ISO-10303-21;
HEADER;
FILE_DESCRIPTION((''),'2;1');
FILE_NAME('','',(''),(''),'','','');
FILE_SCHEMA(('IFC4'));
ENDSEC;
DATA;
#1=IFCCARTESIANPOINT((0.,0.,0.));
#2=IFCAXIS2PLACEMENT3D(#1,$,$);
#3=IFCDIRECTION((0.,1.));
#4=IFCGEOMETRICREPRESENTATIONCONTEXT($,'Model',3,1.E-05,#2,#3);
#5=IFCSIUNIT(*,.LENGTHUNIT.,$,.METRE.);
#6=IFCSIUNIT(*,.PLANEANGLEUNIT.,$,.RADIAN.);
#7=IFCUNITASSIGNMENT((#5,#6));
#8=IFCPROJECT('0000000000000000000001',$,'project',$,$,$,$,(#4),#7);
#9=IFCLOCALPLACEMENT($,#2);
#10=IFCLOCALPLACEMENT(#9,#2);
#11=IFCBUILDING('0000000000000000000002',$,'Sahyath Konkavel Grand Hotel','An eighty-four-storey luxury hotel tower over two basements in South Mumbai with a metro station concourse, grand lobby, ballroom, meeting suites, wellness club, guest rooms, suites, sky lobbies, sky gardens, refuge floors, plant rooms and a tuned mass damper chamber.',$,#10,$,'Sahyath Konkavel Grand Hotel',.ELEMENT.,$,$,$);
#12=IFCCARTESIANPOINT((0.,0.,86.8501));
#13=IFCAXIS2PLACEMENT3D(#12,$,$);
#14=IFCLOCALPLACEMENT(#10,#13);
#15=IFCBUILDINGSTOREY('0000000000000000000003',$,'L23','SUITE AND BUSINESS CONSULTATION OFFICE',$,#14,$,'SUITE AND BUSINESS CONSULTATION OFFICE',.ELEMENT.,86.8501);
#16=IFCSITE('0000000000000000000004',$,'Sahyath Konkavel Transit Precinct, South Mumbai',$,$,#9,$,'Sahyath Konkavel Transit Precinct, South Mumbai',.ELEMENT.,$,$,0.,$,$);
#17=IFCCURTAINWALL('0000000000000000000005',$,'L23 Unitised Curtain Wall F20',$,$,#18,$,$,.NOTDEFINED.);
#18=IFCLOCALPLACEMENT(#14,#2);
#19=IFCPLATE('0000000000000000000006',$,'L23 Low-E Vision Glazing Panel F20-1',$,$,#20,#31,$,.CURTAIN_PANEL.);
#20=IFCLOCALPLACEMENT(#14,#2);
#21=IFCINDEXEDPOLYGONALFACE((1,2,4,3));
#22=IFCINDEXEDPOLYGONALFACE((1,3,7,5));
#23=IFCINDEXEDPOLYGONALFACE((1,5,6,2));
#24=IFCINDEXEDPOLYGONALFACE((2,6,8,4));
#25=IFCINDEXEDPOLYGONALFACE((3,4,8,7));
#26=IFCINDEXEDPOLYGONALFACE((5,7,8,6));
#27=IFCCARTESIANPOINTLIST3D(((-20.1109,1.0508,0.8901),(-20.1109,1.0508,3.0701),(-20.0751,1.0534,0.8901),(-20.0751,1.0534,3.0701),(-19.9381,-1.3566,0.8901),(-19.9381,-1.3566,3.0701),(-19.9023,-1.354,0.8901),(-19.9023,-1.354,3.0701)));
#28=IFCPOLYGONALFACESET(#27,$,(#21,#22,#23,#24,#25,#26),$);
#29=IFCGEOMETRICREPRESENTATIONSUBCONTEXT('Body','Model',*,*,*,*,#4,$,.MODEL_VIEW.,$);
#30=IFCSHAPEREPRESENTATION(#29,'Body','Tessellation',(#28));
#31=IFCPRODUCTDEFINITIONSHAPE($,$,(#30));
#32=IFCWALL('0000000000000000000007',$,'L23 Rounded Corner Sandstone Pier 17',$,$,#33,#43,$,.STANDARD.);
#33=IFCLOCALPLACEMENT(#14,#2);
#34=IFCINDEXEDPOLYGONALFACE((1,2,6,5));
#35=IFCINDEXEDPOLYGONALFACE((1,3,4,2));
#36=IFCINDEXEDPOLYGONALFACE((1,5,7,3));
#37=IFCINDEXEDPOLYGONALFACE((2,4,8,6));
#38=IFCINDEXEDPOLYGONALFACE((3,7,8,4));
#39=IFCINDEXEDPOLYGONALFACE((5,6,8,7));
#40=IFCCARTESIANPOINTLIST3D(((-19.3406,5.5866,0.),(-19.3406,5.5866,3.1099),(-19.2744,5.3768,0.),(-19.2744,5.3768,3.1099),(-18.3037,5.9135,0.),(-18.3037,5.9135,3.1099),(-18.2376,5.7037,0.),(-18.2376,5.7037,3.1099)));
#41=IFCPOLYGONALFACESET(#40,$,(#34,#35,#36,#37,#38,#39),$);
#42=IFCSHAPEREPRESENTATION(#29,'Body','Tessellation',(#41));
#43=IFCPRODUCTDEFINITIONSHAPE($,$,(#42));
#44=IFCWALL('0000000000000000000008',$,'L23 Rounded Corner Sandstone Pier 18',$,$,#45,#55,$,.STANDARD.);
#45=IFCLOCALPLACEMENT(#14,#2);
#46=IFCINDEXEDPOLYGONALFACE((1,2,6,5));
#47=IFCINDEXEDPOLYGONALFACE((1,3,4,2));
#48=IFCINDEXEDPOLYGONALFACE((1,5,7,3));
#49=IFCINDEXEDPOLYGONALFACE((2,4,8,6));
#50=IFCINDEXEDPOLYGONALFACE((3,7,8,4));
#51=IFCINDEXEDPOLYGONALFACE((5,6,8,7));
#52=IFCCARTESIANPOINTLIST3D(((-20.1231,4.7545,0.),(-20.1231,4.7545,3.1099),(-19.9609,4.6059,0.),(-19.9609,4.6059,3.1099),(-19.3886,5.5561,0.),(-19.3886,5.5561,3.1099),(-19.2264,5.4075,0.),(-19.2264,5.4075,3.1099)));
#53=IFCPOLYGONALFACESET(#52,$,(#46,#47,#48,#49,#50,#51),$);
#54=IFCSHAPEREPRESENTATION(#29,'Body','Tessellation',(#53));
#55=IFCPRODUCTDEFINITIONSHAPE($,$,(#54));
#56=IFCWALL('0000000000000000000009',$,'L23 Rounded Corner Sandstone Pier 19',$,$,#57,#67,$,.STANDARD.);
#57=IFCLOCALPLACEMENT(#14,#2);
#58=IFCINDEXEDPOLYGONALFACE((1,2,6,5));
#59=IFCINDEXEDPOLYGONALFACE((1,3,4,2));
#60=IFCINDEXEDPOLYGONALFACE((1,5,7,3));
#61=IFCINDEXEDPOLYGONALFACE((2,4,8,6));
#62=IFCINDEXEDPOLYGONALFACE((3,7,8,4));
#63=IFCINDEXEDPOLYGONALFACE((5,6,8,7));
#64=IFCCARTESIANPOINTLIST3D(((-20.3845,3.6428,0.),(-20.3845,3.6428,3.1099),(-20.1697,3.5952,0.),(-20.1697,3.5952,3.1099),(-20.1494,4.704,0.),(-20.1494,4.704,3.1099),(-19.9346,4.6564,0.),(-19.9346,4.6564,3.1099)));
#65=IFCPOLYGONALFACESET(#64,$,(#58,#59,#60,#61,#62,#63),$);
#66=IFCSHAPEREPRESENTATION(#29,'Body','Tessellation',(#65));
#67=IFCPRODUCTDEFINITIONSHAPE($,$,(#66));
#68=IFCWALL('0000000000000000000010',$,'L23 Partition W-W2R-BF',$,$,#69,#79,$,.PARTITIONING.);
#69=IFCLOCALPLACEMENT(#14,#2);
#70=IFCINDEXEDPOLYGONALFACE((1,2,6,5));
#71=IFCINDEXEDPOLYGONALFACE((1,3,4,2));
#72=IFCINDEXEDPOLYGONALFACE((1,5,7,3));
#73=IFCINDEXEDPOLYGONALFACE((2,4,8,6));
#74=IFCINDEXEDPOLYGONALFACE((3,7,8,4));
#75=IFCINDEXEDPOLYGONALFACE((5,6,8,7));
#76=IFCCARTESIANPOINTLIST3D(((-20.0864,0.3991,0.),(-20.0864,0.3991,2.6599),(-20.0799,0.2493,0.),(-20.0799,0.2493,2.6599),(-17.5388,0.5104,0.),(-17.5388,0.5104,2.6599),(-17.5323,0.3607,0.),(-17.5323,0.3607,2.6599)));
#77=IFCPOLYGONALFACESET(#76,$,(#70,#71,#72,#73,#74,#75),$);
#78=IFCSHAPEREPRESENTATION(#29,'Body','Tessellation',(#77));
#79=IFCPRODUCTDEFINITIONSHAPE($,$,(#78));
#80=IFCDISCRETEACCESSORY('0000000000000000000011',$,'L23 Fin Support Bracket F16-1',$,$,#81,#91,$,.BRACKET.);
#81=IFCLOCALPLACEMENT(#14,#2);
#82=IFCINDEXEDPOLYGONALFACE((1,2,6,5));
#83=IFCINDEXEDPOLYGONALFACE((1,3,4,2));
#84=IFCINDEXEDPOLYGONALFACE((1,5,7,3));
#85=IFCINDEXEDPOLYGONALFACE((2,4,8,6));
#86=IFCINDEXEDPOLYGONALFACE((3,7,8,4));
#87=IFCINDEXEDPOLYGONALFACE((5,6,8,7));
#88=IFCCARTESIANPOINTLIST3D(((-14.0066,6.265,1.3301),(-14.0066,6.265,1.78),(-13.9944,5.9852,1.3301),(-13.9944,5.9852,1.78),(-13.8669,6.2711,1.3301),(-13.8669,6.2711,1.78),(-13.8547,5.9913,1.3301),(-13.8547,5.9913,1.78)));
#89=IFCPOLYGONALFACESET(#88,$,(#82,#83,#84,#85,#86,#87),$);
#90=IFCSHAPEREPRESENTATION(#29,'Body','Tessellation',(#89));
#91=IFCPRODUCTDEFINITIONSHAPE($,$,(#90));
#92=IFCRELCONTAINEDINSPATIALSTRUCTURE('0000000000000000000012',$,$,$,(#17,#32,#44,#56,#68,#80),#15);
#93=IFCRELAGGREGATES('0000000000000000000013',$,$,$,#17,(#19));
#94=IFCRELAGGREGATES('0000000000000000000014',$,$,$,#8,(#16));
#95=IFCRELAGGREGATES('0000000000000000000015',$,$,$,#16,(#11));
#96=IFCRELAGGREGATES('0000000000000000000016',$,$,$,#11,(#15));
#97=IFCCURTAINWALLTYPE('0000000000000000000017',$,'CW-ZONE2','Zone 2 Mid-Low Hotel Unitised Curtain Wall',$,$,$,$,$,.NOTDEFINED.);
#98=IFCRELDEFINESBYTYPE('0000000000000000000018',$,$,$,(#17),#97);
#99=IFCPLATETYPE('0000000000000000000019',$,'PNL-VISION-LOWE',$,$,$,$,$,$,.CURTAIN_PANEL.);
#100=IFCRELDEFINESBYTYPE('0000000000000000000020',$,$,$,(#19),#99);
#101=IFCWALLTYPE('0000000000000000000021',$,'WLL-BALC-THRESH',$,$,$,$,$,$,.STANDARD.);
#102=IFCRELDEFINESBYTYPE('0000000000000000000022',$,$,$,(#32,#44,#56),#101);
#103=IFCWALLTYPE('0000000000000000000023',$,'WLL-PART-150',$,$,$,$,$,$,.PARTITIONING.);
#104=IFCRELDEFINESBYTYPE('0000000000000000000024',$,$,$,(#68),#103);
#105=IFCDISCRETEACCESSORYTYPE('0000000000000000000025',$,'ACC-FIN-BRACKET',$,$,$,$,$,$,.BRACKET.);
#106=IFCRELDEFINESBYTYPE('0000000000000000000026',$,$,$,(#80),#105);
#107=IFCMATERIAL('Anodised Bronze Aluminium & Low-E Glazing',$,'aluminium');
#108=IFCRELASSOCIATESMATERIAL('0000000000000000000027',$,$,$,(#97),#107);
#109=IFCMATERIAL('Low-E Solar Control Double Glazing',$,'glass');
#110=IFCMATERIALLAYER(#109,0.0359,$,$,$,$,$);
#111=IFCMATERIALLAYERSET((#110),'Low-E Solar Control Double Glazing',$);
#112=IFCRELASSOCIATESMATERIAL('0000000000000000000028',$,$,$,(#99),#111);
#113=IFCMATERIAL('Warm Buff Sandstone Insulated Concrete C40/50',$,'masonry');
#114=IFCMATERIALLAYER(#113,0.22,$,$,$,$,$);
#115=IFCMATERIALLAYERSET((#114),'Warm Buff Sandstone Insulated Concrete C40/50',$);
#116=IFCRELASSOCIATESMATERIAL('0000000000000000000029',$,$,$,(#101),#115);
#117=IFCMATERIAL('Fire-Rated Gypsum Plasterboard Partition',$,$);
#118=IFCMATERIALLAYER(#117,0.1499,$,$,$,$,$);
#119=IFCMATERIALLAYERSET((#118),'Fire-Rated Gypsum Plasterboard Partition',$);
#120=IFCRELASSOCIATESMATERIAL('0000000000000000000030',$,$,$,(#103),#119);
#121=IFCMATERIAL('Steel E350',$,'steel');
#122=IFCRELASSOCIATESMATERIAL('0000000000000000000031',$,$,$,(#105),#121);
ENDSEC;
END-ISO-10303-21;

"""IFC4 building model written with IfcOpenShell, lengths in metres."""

from ifc_helpers import new_model, si_unit, direction, frame, frame_2d, origin, origin_2d, place, context, subcontext, project, spatial, rectangle, extrude, source, transform, mapped, material, layer, layer_set, type_object, element, aggregate, save


model = new_model("IFC4")

# Units and contexts
model_context = context("Model", 3, precision=1e-05, world=origin(), true_north=direction((0.0, 1.0)))
body_context = subcontext(model_context, "Body", "Model", "MODEL_VIEW")
ifc_project = project(units=[si_unit("LENGTHUNIT", "METRE"), si_unit("PLANEANGLEUNIT", "RADIAN")], contexts=[model_context])

# Site, building, storey
site_placement = place(None, origin())
site = spatial("IfcSite", under=ifc_project, at=site_placement, Name="Sahyath Konkavel Transit Precinct, South Mumbai", LongName="Sahyath Konkavel Transit Precinct, South Mumbai", CompositionType="ELEMENT", RefElevation=0.0)
building_placement = place(site_placement, origin())
building = spatial("IfcBuilding", under=site, at=building_placement, Name="Sahyath Konkavel Grand Hotel", Description="An eighty-four-storey luxury hotel tower over two basements in South Mumbai with a metro station concourse, grand lobby, ballroom, meeting suites, wellness club, guest rooms, suites, sky lobbies, sky gardens, refuge floors, plant rooms and a tuned mass damper chamber.", LongName="Sahyath Konkavel Grand Hotel", CompositionType="ELEMENT")
storey_placement = place(building_placement, frame((0.0, 0.0, 86.8501)))
storey = spatial("IfcBuildingStorey", under=building, at=storey_placement, Name="L23", Description="SUITE AND BUSINESS CONSULTATION OFFICE", LongName="SUITE AND BUSINESS CONSULTATION OFFICE", CompositionType="ELEMENT", Elevation=86.8501)

# Shared definitions
ifc_material_1 = material(Name="Steel E350", Category="steel")

# Curtain wall
ifc_material_2 = material(Name="Anodised Bronze Aluminium & Low-E Glazing", Category="aluminium")
curtain_wall_type = type_object("IfcCurtainWallType", Name="CW-ZONE2", Description="Zone 2 Mid-Low Hotel Unitised Curtain Wall", PredefinedType="NOTDEFINED", material=ifc_material_2)
curtain_wall_1_placement = place(storey_placement, origin())
curtain_wall_1 = element("IfcCurtainWall", 1, at=curtain_wall_1_placement, inside=storey, type_object=curtain_wall_type, Name="L23 Unitised Curtain Wall F20", PredefinedType="NOTDEFINED")

# Plate
ifc_material_3 = material(Name="Low-E Solar Control Double Glazing", Category="glass")
ifc_layer_1 = layer(ifc_material_3, 0.0359)
ifc_layer_set_1 = layer_set([ifc_layer_1], Name="Low-E Solar Control Double Glazing")
plate_type_1 = type_object("IfcPlateType", Name="PNL-VISION-LOWE", PredefinedType="CURTAIN_PANEL", material=ifc_layer_set_1)
shared_shape_1 = source(origin(), body_context, "Body", "SweptSolid", [
    extrude(rectangle(XDim=2.4136, YDim=0.0359, at=origin_2d()), origin(), (0.0, 0.0, 1.0), 2.1799),
])
plate_1_placement = place(storey_placement, frame((-20.0066, -0.1516, 0.8901), z_axis=(0.0, 0.0, 1.0), x_axis=(0.071567, -0.997436, 0.0)))
plate_1 = element("IfcPlate", 2, at=plate_1_placement, type_object=plate_type_1, Name="L23 Low-E Vision Glazing Panel F20-1", PredefinedType="CURTAIN_PANEL", context=body_context, shape_type="MappedRepresentation", body=[
    mapped(shared_shape_1, transform((0.0, 0.0, 0.0), scale=1.0)),
])
aggregate(curtain_wall_1, [plate_1])

# Walls
ifc_material_4 = material(Name="Warm Buff Sandstone Insulated Concrete C40/50", Category="masonry")
ifc_layer_2 = layer(ifc_material_4, 0.22)
ifc_layer_set_2 = layer_set([ifc_layer_2], Name="Warm Buff Sandstone Insulated Concrete C40/50")
wall_type_1 = type_object("IfcWallType", Name="WLL-BALC-THRESH", PredefinedType="STANDARD", material=ifc_layer_set_2)
for number, where, z_axis, x_axis, name in (
    (3, (-18.2708, 5.8086, 0.0), (0.0, 0.0, 1.0), (-0.953722, -0.300691, 0.0), "L23 Rounded Corner Sandstone Pier 17"),
    (4, (-19.3076, 5.4817, 0.0), (0.0, 0.0, 1.0), (-0.675552, -0.737313, 0.0), "L23 Rounded Corner Sandstone Pier 18"),
):
    element("IfcWall", number, at=place(storey_placement, frame(where, z_axis=z_axis, x_axis=x_axis)), inside=storey, type_object=wall_type_1, Name=name, PredefinedType="STANDARD", context=body_context, shape_type="SweptSolid", body=[
        extrude(rectangle(XDim=1.0872, YDim=0.22, at=frame_2d((0.5435, 0.0))), origin(), (0.0, 0.0, 1.0), 3.1099),
    ])
wall_1_placement = place(storey_placement, frame((-20.042, 4.6802, 0.0), z_axis=(0.0, 0.0, 1.0), x_axis=(-0.216288, -0.97633, 0.0)))
element("IfcWall", 5, at=wall_1_placement, inside=storey, type_object=wall_type_1, Name="L23 Rounded Corner Sandstone Pier 19", PredefinedType="STANDARD", context=body_context, shape_type="SweptSolid", body=[
    extrude(rectangle(XDim=1.0869, YDim=0.22, at=frame_2d((0.5435, 0.0))), origin(), (0.0, 0.0, 1.0), 3.1099),
])
ifc_material_5 = material(Name="Fire-Rated Gypsum Plasterboard Partition")
ifc_layer_3 = layer(ifc_material_5, 0.1499)
ifc_layer_set_3 = layer_set([ifc_layer_3], Name="Fire-Rated Gypsum Plasterboard Partition")
wall_type_2 = type_object("IfcWallType", Name="WLL-PART-150", PredefinedType="PARTITIONING", material=ifc_layer_set_3)
wall_2_placement = place(storey_placement, frame((-17.5356, 0.4355, 0.0), z_axis=(0.0, 0.0, 1.0), x_axis=(-0.999047, -0.043657, 0.0)))
element("IfcWall", 6, at=wall_2_placement, inside=storey, type_object=wall_type_2, Name="L23 Partition W-W2R-BF", PredefinedType="PARTITIONING", context=body_context, shape_type="SweptSolid", body=[
    extrude(rectangle(XDim=2.55, YDim=0.1499, at=frame_2d((1.2749, 0.0))), origin(), (0.0, 0.0, 1.0), 2.6599),
])

# Discrete accessory
discrete_accessory_type = type_object("IfcDiscreteAccessoryType", Name="ACC-FIN-BRACKET", PredefinedType="BRACKET", material=ifc_material_1)
shared_shape_2 = source(origin(), body_context, "Body", "SweptSolid", [
    extrude(rectangle(XDim=0.28, YDim=0.1399, at=origin_2d()), origin(), (0.0, 0.0, 1.0), 0.45),
])
discrete_accessory_placement = place(storey_placement, frame((-13.9307, 6.1282, 1.3301), z_axis=(0.0, 0.0, 1.0), x_axis=(-0.043602, 0.999049, 0.0)))
element("IfcDiscreteAccessory", 7, at=discrete_accessory_placement, inside=storey, type_object=discrete_accessory_type, Name="L23 Fin Support Bracket F16-1", PredefinedType="BRACKET", context=body_context, shape_type="MappedRepresentation", body=[
    mapped(shared_shape_2, transform((0.0, 0.0, 0.0), scale=1.0)),
])

save(model, "model.ifc")
